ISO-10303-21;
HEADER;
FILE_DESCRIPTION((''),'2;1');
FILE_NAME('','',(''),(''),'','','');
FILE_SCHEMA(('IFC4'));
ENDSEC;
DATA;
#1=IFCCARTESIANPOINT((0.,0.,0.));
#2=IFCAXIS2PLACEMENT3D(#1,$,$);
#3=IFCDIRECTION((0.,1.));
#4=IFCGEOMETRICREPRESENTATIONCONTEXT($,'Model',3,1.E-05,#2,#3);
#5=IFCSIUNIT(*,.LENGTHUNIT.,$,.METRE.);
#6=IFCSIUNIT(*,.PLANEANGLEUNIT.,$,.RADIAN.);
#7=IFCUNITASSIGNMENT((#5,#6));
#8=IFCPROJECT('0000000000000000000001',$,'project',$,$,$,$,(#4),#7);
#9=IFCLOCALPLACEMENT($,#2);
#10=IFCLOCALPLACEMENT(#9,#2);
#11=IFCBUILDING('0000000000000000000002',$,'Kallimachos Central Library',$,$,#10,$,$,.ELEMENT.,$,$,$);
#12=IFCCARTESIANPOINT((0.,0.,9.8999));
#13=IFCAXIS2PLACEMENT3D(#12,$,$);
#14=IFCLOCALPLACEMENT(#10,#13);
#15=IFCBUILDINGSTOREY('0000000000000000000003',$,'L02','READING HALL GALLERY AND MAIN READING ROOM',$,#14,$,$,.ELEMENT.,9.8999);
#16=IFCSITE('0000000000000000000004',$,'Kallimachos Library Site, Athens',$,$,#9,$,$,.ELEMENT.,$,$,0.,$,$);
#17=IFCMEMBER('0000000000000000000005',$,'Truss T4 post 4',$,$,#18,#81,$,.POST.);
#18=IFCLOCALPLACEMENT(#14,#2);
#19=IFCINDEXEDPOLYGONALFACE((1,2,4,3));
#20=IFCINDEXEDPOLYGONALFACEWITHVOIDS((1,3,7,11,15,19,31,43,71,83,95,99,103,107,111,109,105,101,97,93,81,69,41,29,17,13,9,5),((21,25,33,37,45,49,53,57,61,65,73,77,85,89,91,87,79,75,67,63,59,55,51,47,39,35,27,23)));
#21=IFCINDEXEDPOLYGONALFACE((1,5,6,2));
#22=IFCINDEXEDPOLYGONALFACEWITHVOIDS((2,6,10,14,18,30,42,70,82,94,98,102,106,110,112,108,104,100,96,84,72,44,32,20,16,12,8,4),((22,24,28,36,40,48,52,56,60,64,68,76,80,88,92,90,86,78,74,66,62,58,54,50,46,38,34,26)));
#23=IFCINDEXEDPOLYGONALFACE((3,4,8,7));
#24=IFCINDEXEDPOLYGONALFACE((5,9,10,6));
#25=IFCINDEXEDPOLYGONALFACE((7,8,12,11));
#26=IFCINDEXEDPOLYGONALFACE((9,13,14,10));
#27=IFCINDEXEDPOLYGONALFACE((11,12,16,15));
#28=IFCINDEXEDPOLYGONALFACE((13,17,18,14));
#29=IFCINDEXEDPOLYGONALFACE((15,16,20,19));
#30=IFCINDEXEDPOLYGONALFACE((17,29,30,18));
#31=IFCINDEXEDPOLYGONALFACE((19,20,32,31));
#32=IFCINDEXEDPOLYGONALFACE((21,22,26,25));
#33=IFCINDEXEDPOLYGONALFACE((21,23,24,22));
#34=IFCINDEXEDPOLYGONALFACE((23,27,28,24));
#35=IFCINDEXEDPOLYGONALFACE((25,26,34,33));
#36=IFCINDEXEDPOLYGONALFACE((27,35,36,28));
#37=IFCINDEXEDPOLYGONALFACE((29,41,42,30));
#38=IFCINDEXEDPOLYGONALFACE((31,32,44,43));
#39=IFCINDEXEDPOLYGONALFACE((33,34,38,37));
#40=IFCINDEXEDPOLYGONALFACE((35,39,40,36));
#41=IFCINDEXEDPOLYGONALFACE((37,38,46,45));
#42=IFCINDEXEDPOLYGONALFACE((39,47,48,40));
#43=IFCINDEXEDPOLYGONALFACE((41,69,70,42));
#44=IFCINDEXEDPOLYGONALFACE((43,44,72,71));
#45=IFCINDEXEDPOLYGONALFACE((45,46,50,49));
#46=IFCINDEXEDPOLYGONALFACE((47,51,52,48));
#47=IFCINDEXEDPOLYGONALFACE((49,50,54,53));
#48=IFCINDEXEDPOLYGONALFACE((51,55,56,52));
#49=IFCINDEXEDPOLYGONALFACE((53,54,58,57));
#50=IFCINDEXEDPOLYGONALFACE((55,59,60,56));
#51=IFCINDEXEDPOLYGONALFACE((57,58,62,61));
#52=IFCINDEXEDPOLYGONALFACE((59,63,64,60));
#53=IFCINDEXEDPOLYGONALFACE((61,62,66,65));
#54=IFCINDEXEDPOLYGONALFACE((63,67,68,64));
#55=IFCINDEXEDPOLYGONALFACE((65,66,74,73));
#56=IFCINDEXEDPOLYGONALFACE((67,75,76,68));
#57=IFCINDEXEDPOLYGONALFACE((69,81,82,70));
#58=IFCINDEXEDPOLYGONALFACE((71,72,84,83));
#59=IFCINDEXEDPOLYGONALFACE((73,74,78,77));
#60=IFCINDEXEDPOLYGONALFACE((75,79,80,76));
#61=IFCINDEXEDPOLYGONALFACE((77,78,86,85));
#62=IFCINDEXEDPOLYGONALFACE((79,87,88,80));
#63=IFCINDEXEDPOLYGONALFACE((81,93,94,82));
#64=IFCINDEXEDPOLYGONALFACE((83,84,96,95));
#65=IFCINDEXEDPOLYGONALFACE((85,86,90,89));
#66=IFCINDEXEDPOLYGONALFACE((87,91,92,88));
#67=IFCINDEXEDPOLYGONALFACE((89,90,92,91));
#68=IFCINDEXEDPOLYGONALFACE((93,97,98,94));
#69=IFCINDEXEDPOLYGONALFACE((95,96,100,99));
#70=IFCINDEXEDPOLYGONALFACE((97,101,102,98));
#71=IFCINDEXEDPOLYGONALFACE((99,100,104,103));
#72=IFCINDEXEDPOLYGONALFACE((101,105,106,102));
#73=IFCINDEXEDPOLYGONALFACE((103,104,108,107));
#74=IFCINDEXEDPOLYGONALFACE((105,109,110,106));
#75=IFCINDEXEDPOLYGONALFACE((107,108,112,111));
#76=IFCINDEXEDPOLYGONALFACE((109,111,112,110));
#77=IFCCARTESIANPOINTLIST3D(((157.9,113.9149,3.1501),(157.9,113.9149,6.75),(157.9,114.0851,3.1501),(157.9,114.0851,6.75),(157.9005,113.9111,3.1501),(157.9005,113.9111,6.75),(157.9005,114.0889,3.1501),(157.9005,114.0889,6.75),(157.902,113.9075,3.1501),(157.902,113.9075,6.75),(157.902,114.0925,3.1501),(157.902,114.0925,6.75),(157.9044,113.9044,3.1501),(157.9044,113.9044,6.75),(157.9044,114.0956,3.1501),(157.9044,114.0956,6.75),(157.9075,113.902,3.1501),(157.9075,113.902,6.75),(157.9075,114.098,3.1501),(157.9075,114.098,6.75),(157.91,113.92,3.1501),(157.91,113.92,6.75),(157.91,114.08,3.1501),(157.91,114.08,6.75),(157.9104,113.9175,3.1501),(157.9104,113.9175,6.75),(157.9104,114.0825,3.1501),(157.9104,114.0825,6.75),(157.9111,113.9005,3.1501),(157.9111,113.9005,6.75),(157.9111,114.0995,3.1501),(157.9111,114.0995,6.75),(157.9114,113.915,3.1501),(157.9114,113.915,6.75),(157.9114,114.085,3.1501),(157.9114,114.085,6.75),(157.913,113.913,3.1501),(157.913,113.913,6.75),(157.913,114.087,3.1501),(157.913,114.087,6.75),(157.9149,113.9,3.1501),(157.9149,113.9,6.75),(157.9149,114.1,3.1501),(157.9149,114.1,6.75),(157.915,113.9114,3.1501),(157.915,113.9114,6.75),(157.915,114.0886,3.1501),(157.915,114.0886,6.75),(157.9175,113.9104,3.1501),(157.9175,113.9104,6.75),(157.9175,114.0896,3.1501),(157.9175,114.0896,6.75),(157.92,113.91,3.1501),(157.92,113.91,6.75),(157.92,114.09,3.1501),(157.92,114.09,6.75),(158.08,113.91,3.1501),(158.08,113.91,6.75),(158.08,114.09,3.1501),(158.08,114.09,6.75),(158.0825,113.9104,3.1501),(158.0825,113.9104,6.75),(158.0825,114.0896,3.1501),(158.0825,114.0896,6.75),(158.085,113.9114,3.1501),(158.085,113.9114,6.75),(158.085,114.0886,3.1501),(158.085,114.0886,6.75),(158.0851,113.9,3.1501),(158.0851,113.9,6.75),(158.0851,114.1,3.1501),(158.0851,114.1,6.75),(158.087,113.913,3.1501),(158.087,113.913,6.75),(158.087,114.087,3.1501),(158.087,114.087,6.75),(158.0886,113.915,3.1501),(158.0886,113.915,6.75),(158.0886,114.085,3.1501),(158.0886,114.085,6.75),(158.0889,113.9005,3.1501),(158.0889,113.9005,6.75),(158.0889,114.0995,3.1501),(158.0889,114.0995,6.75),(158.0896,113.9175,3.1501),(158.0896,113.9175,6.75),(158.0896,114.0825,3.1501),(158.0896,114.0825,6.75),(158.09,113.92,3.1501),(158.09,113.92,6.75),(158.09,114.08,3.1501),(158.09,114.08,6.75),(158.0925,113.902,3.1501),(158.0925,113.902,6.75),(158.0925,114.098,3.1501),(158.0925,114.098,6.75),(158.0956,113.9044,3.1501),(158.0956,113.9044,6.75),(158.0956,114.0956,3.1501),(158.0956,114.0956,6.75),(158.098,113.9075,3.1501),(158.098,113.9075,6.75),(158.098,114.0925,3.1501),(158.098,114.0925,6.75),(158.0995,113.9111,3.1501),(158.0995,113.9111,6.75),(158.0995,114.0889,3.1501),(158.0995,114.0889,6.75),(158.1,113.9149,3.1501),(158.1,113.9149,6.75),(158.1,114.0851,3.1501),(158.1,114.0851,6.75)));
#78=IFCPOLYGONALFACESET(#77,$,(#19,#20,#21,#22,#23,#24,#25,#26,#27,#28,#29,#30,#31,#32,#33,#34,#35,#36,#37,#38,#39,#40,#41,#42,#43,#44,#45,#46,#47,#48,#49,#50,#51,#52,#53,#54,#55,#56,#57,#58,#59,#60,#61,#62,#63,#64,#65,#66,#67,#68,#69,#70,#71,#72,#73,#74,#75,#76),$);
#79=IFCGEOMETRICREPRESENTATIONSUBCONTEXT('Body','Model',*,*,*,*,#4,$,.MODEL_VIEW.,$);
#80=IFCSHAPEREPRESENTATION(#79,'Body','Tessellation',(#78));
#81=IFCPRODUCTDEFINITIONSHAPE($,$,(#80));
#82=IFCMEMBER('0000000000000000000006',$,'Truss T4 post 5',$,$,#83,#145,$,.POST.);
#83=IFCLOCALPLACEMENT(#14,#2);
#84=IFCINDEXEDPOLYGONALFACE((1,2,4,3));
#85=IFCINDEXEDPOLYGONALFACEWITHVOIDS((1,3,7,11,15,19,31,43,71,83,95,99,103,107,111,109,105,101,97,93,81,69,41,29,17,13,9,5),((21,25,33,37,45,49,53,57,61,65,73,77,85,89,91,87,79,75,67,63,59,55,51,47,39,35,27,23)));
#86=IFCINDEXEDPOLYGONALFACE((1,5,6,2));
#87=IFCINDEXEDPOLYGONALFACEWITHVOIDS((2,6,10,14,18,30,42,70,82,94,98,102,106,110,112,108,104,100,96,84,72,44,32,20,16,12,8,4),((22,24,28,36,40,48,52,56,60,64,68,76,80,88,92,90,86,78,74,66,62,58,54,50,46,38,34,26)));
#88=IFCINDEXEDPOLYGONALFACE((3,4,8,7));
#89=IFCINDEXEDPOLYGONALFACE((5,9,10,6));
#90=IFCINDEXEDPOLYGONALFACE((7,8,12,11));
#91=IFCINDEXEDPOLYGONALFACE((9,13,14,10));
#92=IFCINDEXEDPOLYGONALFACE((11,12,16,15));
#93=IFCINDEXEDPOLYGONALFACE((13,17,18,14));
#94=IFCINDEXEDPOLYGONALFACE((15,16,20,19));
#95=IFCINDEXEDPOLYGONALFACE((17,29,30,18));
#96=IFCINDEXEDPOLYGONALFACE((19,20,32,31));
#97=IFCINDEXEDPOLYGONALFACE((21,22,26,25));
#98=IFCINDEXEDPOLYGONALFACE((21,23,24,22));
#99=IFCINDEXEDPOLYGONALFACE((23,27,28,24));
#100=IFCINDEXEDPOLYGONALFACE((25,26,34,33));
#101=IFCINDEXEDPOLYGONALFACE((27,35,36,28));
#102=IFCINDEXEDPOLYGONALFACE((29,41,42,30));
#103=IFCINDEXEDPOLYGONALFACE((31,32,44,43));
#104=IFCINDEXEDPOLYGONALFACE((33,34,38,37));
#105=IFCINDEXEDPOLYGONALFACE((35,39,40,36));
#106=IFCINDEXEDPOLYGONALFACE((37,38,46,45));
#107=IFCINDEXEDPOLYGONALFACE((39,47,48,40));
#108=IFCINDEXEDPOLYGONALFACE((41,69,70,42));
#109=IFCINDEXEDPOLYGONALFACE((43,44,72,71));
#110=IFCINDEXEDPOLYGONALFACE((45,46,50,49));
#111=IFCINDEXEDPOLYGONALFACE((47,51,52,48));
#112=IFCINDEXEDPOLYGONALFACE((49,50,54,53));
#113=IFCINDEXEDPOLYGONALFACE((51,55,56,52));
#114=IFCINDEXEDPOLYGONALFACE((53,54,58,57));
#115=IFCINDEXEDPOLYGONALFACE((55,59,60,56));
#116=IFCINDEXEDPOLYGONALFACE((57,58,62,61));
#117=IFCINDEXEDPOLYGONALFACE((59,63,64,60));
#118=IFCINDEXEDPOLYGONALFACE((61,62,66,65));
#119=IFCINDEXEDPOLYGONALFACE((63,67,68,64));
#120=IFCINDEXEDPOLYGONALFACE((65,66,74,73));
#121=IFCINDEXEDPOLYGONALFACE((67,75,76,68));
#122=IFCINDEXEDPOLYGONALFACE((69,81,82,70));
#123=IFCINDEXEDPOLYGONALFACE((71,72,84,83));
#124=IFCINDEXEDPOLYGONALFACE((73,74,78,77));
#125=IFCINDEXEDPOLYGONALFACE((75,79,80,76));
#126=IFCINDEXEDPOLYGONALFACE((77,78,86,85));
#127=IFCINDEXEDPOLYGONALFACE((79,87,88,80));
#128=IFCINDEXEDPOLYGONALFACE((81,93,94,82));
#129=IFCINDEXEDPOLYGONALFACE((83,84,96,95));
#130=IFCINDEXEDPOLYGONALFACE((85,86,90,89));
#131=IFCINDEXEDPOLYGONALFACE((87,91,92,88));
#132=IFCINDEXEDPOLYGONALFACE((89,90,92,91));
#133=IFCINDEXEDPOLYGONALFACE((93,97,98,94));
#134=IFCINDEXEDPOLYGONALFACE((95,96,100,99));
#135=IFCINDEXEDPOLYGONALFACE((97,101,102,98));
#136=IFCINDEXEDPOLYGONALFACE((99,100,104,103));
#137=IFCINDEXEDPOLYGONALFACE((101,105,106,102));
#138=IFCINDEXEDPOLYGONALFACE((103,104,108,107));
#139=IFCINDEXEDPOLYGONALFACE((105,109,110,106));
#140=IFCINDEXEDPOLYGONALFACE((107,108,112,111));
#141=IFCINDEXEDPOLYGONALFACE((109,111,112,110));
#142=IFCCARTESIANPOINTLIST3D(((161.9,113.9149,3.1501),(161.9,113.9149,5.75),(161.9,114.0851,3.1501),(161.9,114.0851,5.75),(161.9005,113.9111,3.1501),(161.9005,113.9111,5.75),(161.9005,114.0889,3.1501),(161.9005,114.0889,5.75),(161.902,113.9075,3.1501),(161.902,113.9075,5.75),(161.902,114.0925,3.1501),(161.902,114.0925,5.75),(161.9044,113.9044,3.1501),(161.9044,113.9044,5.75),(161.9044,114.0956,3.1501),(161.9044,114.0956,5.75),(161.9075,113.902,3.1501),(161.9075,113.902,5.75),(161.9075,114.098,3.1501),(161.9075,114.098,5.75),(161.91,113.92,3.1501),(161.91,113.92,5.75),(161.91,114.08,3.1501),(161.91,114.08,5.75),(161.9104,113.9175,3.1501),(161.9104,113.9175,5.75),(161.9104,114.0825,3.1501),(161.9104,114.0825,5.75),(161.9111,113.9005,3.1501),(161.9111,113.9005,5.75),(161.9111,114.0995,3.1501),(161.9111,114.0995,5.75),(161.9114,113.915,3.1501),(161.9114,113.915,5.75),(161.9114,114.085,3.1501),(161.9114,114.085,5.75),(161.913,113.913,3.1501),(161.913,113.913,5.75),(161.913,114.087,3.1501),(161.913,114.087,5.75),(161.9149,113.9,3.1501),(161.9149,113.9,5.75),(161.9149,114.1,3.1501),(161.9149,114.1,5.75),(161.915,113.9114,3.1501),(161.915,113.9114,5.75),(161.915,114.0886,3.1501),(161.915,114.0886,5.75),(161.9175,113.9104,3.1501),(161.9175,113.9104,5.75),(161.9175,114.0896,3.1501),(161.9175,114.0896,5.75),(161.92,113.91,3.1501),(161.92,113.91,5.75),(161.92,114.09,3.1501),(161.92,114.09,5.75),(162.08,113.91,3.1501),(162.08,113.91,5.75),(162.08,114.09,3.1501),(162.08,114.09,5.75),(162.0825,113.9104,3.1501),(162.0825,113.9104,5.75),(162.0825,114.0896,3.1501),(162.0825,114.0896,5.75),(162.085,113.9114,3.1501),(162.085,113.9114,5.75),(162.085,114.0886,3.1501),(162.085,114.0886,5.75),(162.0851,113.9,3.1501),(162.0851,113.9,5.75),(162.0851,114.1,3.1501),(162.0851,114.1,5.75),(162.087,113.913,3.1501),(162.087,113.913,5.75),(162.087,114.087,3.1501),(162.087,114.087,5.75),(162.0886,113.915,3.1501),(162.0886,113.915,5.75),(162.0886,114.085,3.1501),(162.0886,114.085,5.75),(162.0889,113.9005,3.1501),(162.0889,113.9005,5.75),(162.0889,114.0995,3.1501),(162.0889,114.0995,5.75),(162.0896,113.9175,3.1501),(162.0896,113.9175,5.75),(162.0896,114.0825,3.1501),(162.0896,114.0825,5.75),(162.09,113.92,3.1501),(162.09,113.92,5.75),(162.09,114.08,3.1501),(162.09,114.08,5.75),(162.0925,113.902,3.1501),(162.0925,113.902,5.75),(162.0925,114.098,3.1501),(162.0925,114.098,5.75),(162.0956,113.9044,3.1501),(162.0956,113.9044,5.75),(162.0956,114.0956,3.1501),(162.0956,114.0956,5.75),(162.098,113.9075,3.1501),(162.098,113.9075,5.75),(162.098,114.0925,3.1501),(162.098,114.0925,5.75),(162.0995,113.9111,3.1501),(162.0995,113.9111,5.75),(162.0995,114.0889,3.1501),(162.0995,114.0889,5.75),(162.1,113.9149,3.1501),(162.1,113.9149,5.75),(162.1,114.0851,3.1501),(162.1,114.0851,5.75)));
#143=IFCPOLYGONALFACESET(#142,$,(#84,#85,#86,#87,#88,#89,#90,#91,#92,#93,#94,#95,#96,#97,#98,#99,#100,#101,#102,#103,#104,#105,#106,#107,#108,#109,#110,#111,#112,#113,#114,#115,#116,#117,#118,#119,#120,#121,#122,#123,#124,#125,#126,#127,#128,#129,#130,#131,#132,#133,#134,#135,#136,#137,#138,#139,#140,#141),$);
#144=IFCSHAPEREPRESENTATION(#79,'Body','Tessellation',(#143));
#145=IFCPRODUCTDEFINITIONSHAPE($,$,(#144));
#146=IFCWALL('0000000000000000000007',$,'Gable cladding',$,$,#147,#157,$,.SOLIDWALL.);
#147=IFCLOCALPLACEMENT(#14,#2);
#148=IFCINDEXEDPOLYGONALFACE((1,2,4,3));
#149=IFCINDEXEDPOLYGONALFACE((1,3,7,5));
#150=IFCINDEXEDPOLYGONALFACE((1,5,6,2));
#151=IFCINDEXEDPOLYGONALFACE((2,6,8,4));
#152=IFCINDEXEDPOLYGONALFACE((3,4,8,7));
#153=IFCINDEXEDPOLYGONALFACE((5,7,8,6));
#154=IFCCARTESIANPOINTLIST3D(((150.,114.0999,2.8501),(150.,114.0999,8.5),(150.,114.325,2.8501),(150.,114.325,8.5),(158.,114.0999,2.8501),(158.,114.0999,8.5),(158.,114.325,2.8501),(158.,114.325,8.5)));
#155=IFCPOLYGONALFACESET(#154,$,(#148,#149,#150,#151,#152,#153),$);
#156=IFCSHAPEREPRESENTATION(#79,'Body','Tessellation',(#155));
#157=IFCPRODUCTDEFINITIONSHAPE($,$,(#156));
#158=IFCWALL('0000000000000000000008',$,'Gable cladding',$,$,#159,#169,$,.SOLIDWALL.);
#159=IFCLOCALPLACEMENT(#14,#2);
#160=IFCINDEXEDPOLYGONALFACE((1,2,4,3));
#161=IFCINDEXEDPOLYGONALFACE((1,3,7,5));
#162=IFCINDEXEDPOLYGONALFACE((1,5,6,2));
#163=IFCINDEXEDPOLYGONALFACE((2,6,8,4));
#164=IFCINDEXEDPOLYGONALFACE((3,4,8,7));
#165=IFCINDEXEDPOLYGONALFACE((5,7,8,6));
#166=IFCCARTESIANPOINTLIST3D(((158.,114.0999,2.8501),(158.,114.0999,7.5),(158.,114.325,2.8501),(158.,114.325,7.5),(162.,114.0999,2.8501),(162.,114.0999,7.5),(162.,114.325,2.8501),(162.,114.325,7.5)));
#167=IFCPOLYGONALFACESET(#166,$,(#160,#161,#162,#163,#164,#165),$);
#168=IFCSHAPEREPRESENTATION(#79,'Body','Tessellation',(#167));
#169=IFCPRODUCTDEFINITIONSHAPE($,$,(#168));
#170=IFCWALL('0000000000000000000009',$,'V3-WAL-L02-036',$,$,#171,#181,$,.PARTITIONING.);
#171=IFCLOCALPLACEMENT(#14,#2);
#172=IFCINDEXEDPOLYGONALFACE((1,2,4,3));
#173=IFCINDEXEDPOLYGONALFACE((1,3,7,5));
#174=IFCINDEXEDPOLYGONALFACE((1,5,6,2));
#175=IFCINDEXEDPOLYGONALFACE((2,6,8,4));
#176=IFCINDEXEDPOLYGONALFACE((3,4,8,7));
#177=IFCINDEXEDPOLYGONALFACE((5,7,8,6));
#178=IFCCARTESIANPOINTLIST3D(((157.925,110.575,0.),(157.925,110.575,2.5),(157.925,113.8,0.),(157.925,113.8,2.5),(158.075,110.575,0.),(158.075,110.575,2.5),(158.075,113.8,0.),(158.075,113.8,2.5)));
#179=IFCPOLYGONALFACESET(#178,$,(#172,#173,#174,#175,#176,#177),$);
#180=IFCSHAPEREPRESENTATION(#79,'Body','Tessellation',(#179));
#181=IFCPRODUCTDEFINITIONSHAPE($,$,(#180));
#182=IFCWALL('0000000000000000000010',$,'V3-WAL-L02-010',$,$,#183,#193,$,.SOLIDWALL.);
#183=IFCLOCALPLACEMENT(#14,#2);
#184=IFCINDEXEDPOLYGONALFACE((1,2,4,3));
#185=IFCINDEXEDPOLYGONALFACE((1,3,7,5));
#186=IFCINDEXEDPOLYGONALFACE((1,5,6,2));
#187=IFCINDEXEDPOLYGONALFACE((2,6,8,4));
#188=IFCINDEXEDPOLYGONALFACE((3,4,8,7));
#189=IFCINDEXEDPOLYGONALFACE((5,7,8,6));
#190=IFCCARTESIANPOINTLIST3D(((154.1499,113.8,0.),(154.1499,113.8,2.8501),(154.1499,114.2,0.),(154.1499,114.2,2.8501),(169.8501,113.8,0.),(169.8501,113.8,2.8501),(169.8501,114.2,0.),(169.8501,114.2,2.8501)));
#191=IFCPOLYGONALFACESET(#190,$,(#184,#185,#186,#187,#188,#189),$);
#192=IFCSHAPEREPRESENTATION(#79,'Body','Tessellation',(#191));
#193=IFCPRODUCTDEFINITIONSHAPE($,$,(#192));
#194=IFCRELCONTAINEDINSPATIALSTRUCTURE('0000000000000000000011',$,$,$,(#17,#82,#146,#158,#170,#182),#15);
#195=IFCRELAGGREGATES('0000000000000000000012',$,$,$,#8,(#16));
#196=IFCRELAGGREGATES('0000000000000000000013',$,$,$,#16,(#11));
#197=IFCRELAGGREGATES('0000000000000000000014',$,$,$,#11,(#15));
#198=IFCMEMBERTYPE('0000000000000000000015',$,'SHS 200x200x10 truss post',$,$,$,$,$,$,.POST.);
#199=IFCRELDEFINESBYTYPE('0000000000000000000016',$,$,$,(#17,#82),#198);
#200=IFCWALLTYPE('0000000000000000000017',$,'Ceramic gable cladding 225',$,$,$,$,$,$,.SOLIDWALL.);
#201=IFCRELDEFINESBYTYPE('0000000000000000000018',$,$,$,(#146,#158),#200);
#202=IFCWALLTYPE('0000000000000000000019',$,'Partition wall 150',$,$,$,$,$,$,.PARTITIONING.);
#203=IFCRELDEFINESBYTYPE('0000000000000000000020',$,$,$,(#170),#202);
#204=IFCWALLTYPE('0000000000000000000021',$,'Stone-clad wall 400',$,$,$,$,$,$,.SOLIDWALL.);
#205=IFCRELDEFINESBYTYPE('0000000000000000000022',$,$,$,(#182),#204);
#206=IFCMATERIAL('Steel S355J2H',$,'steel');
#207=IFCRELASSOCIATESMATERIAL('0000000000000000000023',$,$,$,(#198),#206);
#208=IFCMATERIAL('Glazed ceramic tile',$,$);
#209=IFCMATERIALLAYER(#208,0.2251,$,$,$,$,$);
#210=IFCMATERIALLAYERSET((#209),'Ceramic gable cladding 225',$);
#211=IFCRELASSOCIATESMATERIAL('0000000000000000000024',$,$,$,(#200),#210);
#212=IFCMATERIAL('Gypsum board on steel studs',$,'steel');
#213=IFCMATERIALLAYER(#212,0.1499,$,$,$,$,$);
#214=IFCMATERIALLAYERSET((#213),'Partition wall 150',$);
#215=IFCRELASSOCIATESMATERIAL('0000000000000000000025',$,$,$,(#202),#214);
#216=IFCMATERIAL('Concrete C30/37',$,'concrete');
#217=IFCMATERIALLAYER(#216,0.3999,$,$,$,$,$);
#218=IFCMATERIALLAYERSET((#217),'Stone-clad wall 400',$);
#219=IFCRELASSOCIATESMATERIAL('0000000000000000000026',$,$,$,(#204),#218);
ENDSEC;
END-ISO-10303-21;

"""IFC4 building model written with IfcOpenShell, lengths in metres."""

from ifc_helpers import new_model, si_unit, direction, frame, frame_2d, origin, origin_2d, place, context, subcontext, project, spatial, rectangle, hollow_rectangle, extrude, material, layer, layer_set, material_profile, profile_set, type_object, element, save


model = new_model("IFC4")

# Units and contexts
model_context = context("Model", 3, precision=1e-05, world=origin(), true_north=direction((0.0, 1.0)))
body_context = subcontext(model_context, "Body", "Model", "MODEL_VIEW")
ifc_project = project(units=[si_unit("LENGTHUNIT", "METRE"), si_unit("PLANEANGLEUNIT", "RADIAN")], contexts=[model_context])

# Site, building, storey
site_placement = place(None, origin())
site = spatial("IfcSite", under=ifc_project, at=site_placement, Name="Kallimachos Library Site, Athens", CompositionType="ELEMENT", RefElevation=0.0)
building_placement = place(site_placement, origin())
building = spatial("IfcBuilding", under=site, at=building_placement, Name="Kallimachos Central Library", CompositionType="ELEMENT")
storey_placement = place(building_placement, frame((0.0, 0.0, 9.8999)))
storey = spatial("IfcBuildingStorey", under=building, at=storey_placement, Name="L02", Description="READING HALL GALLERY AND MAIN READING ROOM", CompositionType="ELEMENT", Elevation=9.8999)

# Members
ifc_material_1 = material(Name="Steel S355J2H", Category="steel")
ifc_material_profile_1 = material_profile(ifc_material_1, hollow_rectangle(XDim=0.2, YDim=0.2, WallThickness=0.01, InnerFilletRadius=0.01, OuterFilletRadius=0.0149, at=origin_2d()), Name="SHS 200x200x10")
ifc_profile_set_1 = profile_set([ifc_material_profile_1], Name="Steel S355J2H")
member_type_1 = type_object("IfcMemberType", Name="SHS 200x200x10 truss post", PredefinedType="POST", material=ifc_profile_set_1)
member_1_placement = place(storey_placement, frame((158.0, 114.0, 3.1501), z_axis=(0.0, 0.0, 1.0), x_axis=(1.0, 0.0, 0.0)))
element("IfcMember", 1, at=member_1_placement, inside=storey, type_object=member_type_1, Name="Truss T4 post 4", PredefinedType="POST", context=body_context, shape_type="SweptSolid", body=[
    extrude(hollow_rectangle(XDim=0.2, YDim=0.2, WallThickness=0.01, InnerFilletRadius=0.01, OuterFilletRadius=0.0149, at=origin_2d()), origin(), (0.0, 0.0, 1.0), 3.5999),
])
member_2_placement = place(storey_placement, frame((162.0, 114.0, 3.1501), z_axis=(0.0, 0.0, 1.0), x_axis=(1.0, 0.0, 0.0)))
element("IfcMember", 2, at=member_2_placement, inside=storey, type_object=member_type_1, Name="Truss T4 post 5", PredefinedType="POST", context=body_context, shape_type="SweptSolid", body=[
    extrude(hollow_rectangle(XDim=0.2, YDim=0.2, WallThickness=0.01, InnerFilletRadius=0.01, OuterFilletRadius=0.0149, at=origin_2d()), origin(), (0.0, 0.0, 1.0), 2.5999),
])

# Walls
ifc_material_2 = material(Name="Glazed ceramic tile")
ifc_layer_1 = layer(ifc_material_2, 0.2251)
ifc_layer_set_1 = layer_set([ifc_layer_1], Name="Ceramic gable cladding 225")
wall_type_1 = type_object("IfcWallType", Name="Ceramic gable cladding 225", PredefinedType="SOLIDWALL", material=ifc_layer_set_1)
wall_1_placement = place(storey_placement, frame((150.0, 114.2124, 2.8501), z_axis=(0.0, 0.0, 1.0), x_axis=(1.0, 0.0, 0.0)))
element("IfcWall", 3, at=wall_1_placement, inside=storey, type_object=wall_type_1, Name="Gable cladding", PredefinedType="SOLIDWALL", context=body_context, shape_type="SweptSolid", body=[
    extrude(rectangle(XDim=8.0, YDim=0.2251, at=frame_2d((4.0, 0.0))), origin(), (0.0, 0.0, 1.0), 5.6499),
])
wall_2_placement = place(storey_placement, frame((158.0, 114.2124, 2.8501), z_axis=(0.0, 0.0, 1.0), x_axis=(1.0, 0.0, 0.0)))
element("IfcWall", 4, at=wall_2_placement, inside=storey, type_object=wall_type_1, Name="Gable cladding", PredefinedType="SOLIDWALL", context=body_context, shape_type="SweptSolid", body=[
    extrude(rectangle(XDim=4.0, YDim=0.2251, at=frame_2d((2.0, 0.0))), origin(), (0.0, 0.0, 1.0), 4.6499),
])
ifc_material_3 = material(Name="Gypsum board on steel studs", Category="steel")
ifc_layer_2 = layer(ifc_material_3, 0.1499)
ifc_layer_set_2 = layer_set([ifc_layer_2], Name="Partition wall 150")
wall_type_2 = type_object("IfcWallType", Name="Partition wall 150", PredefinedType="PARTITIONING", material=ifc_layer_set_2)
wall_3_placement = place(storey_placement, frame((158.0, 110.575, 0.0), z_axis=(0.0, 0.0, 1.0), x_axis=(0.0, 1.0, 0.0)))
element("IfcWall", 5, at=wall_3_placement, inside=storey, type_object=wall_type_2, Name="V3-WAL-L02-036", PredefinedType="PARTITIONING", context=body_context, shape_type="SweptSolid", body=[
    extrude(rectangle(XDim=3.2251, YDim=0.1499, at=frame_2d((1.6125, 0.0))), origin(), (0.0, 0.0, 1.0), 2.5),
])
ifc_material_4 = material(Name="Concrete C30/37", Category="concrete")
ifc_layer_3 = layer(ifc_material_4, 0.3999)
ifc_layer_set_3 = layer_set([ifc_layer_3], Name="Stone-clad wall 400")
wall_type_3 = type_object("IfcWallType", Name="Stone-clad wall 400", PredefinedType="SOLIDWALL", material=ifc_layer_set_3)
wall_4_placement = place(storey_placement, frame((154.1499, 114.0, 0.0), z_axis=(0.0, 0.0, 1.0), x_axis=(1.0, 0.0, 0.0)))
element("IfcWall", 6, at=wall_4_placement, inside=storey, type_object=wall_type_3, Name="V3-WAL-L02-010", PredefinedType="SOLIDWALL", context=body_context, shape_type="SweptSolid", body=[
    extrude(rectangle(XDim=15.7002, YDim=0.3999, at=frame_2d((7.8501, 0.0))), origin(), (0.0, 0.0, 1.0), 2.8501),
])

save(model, "model.ifc")
